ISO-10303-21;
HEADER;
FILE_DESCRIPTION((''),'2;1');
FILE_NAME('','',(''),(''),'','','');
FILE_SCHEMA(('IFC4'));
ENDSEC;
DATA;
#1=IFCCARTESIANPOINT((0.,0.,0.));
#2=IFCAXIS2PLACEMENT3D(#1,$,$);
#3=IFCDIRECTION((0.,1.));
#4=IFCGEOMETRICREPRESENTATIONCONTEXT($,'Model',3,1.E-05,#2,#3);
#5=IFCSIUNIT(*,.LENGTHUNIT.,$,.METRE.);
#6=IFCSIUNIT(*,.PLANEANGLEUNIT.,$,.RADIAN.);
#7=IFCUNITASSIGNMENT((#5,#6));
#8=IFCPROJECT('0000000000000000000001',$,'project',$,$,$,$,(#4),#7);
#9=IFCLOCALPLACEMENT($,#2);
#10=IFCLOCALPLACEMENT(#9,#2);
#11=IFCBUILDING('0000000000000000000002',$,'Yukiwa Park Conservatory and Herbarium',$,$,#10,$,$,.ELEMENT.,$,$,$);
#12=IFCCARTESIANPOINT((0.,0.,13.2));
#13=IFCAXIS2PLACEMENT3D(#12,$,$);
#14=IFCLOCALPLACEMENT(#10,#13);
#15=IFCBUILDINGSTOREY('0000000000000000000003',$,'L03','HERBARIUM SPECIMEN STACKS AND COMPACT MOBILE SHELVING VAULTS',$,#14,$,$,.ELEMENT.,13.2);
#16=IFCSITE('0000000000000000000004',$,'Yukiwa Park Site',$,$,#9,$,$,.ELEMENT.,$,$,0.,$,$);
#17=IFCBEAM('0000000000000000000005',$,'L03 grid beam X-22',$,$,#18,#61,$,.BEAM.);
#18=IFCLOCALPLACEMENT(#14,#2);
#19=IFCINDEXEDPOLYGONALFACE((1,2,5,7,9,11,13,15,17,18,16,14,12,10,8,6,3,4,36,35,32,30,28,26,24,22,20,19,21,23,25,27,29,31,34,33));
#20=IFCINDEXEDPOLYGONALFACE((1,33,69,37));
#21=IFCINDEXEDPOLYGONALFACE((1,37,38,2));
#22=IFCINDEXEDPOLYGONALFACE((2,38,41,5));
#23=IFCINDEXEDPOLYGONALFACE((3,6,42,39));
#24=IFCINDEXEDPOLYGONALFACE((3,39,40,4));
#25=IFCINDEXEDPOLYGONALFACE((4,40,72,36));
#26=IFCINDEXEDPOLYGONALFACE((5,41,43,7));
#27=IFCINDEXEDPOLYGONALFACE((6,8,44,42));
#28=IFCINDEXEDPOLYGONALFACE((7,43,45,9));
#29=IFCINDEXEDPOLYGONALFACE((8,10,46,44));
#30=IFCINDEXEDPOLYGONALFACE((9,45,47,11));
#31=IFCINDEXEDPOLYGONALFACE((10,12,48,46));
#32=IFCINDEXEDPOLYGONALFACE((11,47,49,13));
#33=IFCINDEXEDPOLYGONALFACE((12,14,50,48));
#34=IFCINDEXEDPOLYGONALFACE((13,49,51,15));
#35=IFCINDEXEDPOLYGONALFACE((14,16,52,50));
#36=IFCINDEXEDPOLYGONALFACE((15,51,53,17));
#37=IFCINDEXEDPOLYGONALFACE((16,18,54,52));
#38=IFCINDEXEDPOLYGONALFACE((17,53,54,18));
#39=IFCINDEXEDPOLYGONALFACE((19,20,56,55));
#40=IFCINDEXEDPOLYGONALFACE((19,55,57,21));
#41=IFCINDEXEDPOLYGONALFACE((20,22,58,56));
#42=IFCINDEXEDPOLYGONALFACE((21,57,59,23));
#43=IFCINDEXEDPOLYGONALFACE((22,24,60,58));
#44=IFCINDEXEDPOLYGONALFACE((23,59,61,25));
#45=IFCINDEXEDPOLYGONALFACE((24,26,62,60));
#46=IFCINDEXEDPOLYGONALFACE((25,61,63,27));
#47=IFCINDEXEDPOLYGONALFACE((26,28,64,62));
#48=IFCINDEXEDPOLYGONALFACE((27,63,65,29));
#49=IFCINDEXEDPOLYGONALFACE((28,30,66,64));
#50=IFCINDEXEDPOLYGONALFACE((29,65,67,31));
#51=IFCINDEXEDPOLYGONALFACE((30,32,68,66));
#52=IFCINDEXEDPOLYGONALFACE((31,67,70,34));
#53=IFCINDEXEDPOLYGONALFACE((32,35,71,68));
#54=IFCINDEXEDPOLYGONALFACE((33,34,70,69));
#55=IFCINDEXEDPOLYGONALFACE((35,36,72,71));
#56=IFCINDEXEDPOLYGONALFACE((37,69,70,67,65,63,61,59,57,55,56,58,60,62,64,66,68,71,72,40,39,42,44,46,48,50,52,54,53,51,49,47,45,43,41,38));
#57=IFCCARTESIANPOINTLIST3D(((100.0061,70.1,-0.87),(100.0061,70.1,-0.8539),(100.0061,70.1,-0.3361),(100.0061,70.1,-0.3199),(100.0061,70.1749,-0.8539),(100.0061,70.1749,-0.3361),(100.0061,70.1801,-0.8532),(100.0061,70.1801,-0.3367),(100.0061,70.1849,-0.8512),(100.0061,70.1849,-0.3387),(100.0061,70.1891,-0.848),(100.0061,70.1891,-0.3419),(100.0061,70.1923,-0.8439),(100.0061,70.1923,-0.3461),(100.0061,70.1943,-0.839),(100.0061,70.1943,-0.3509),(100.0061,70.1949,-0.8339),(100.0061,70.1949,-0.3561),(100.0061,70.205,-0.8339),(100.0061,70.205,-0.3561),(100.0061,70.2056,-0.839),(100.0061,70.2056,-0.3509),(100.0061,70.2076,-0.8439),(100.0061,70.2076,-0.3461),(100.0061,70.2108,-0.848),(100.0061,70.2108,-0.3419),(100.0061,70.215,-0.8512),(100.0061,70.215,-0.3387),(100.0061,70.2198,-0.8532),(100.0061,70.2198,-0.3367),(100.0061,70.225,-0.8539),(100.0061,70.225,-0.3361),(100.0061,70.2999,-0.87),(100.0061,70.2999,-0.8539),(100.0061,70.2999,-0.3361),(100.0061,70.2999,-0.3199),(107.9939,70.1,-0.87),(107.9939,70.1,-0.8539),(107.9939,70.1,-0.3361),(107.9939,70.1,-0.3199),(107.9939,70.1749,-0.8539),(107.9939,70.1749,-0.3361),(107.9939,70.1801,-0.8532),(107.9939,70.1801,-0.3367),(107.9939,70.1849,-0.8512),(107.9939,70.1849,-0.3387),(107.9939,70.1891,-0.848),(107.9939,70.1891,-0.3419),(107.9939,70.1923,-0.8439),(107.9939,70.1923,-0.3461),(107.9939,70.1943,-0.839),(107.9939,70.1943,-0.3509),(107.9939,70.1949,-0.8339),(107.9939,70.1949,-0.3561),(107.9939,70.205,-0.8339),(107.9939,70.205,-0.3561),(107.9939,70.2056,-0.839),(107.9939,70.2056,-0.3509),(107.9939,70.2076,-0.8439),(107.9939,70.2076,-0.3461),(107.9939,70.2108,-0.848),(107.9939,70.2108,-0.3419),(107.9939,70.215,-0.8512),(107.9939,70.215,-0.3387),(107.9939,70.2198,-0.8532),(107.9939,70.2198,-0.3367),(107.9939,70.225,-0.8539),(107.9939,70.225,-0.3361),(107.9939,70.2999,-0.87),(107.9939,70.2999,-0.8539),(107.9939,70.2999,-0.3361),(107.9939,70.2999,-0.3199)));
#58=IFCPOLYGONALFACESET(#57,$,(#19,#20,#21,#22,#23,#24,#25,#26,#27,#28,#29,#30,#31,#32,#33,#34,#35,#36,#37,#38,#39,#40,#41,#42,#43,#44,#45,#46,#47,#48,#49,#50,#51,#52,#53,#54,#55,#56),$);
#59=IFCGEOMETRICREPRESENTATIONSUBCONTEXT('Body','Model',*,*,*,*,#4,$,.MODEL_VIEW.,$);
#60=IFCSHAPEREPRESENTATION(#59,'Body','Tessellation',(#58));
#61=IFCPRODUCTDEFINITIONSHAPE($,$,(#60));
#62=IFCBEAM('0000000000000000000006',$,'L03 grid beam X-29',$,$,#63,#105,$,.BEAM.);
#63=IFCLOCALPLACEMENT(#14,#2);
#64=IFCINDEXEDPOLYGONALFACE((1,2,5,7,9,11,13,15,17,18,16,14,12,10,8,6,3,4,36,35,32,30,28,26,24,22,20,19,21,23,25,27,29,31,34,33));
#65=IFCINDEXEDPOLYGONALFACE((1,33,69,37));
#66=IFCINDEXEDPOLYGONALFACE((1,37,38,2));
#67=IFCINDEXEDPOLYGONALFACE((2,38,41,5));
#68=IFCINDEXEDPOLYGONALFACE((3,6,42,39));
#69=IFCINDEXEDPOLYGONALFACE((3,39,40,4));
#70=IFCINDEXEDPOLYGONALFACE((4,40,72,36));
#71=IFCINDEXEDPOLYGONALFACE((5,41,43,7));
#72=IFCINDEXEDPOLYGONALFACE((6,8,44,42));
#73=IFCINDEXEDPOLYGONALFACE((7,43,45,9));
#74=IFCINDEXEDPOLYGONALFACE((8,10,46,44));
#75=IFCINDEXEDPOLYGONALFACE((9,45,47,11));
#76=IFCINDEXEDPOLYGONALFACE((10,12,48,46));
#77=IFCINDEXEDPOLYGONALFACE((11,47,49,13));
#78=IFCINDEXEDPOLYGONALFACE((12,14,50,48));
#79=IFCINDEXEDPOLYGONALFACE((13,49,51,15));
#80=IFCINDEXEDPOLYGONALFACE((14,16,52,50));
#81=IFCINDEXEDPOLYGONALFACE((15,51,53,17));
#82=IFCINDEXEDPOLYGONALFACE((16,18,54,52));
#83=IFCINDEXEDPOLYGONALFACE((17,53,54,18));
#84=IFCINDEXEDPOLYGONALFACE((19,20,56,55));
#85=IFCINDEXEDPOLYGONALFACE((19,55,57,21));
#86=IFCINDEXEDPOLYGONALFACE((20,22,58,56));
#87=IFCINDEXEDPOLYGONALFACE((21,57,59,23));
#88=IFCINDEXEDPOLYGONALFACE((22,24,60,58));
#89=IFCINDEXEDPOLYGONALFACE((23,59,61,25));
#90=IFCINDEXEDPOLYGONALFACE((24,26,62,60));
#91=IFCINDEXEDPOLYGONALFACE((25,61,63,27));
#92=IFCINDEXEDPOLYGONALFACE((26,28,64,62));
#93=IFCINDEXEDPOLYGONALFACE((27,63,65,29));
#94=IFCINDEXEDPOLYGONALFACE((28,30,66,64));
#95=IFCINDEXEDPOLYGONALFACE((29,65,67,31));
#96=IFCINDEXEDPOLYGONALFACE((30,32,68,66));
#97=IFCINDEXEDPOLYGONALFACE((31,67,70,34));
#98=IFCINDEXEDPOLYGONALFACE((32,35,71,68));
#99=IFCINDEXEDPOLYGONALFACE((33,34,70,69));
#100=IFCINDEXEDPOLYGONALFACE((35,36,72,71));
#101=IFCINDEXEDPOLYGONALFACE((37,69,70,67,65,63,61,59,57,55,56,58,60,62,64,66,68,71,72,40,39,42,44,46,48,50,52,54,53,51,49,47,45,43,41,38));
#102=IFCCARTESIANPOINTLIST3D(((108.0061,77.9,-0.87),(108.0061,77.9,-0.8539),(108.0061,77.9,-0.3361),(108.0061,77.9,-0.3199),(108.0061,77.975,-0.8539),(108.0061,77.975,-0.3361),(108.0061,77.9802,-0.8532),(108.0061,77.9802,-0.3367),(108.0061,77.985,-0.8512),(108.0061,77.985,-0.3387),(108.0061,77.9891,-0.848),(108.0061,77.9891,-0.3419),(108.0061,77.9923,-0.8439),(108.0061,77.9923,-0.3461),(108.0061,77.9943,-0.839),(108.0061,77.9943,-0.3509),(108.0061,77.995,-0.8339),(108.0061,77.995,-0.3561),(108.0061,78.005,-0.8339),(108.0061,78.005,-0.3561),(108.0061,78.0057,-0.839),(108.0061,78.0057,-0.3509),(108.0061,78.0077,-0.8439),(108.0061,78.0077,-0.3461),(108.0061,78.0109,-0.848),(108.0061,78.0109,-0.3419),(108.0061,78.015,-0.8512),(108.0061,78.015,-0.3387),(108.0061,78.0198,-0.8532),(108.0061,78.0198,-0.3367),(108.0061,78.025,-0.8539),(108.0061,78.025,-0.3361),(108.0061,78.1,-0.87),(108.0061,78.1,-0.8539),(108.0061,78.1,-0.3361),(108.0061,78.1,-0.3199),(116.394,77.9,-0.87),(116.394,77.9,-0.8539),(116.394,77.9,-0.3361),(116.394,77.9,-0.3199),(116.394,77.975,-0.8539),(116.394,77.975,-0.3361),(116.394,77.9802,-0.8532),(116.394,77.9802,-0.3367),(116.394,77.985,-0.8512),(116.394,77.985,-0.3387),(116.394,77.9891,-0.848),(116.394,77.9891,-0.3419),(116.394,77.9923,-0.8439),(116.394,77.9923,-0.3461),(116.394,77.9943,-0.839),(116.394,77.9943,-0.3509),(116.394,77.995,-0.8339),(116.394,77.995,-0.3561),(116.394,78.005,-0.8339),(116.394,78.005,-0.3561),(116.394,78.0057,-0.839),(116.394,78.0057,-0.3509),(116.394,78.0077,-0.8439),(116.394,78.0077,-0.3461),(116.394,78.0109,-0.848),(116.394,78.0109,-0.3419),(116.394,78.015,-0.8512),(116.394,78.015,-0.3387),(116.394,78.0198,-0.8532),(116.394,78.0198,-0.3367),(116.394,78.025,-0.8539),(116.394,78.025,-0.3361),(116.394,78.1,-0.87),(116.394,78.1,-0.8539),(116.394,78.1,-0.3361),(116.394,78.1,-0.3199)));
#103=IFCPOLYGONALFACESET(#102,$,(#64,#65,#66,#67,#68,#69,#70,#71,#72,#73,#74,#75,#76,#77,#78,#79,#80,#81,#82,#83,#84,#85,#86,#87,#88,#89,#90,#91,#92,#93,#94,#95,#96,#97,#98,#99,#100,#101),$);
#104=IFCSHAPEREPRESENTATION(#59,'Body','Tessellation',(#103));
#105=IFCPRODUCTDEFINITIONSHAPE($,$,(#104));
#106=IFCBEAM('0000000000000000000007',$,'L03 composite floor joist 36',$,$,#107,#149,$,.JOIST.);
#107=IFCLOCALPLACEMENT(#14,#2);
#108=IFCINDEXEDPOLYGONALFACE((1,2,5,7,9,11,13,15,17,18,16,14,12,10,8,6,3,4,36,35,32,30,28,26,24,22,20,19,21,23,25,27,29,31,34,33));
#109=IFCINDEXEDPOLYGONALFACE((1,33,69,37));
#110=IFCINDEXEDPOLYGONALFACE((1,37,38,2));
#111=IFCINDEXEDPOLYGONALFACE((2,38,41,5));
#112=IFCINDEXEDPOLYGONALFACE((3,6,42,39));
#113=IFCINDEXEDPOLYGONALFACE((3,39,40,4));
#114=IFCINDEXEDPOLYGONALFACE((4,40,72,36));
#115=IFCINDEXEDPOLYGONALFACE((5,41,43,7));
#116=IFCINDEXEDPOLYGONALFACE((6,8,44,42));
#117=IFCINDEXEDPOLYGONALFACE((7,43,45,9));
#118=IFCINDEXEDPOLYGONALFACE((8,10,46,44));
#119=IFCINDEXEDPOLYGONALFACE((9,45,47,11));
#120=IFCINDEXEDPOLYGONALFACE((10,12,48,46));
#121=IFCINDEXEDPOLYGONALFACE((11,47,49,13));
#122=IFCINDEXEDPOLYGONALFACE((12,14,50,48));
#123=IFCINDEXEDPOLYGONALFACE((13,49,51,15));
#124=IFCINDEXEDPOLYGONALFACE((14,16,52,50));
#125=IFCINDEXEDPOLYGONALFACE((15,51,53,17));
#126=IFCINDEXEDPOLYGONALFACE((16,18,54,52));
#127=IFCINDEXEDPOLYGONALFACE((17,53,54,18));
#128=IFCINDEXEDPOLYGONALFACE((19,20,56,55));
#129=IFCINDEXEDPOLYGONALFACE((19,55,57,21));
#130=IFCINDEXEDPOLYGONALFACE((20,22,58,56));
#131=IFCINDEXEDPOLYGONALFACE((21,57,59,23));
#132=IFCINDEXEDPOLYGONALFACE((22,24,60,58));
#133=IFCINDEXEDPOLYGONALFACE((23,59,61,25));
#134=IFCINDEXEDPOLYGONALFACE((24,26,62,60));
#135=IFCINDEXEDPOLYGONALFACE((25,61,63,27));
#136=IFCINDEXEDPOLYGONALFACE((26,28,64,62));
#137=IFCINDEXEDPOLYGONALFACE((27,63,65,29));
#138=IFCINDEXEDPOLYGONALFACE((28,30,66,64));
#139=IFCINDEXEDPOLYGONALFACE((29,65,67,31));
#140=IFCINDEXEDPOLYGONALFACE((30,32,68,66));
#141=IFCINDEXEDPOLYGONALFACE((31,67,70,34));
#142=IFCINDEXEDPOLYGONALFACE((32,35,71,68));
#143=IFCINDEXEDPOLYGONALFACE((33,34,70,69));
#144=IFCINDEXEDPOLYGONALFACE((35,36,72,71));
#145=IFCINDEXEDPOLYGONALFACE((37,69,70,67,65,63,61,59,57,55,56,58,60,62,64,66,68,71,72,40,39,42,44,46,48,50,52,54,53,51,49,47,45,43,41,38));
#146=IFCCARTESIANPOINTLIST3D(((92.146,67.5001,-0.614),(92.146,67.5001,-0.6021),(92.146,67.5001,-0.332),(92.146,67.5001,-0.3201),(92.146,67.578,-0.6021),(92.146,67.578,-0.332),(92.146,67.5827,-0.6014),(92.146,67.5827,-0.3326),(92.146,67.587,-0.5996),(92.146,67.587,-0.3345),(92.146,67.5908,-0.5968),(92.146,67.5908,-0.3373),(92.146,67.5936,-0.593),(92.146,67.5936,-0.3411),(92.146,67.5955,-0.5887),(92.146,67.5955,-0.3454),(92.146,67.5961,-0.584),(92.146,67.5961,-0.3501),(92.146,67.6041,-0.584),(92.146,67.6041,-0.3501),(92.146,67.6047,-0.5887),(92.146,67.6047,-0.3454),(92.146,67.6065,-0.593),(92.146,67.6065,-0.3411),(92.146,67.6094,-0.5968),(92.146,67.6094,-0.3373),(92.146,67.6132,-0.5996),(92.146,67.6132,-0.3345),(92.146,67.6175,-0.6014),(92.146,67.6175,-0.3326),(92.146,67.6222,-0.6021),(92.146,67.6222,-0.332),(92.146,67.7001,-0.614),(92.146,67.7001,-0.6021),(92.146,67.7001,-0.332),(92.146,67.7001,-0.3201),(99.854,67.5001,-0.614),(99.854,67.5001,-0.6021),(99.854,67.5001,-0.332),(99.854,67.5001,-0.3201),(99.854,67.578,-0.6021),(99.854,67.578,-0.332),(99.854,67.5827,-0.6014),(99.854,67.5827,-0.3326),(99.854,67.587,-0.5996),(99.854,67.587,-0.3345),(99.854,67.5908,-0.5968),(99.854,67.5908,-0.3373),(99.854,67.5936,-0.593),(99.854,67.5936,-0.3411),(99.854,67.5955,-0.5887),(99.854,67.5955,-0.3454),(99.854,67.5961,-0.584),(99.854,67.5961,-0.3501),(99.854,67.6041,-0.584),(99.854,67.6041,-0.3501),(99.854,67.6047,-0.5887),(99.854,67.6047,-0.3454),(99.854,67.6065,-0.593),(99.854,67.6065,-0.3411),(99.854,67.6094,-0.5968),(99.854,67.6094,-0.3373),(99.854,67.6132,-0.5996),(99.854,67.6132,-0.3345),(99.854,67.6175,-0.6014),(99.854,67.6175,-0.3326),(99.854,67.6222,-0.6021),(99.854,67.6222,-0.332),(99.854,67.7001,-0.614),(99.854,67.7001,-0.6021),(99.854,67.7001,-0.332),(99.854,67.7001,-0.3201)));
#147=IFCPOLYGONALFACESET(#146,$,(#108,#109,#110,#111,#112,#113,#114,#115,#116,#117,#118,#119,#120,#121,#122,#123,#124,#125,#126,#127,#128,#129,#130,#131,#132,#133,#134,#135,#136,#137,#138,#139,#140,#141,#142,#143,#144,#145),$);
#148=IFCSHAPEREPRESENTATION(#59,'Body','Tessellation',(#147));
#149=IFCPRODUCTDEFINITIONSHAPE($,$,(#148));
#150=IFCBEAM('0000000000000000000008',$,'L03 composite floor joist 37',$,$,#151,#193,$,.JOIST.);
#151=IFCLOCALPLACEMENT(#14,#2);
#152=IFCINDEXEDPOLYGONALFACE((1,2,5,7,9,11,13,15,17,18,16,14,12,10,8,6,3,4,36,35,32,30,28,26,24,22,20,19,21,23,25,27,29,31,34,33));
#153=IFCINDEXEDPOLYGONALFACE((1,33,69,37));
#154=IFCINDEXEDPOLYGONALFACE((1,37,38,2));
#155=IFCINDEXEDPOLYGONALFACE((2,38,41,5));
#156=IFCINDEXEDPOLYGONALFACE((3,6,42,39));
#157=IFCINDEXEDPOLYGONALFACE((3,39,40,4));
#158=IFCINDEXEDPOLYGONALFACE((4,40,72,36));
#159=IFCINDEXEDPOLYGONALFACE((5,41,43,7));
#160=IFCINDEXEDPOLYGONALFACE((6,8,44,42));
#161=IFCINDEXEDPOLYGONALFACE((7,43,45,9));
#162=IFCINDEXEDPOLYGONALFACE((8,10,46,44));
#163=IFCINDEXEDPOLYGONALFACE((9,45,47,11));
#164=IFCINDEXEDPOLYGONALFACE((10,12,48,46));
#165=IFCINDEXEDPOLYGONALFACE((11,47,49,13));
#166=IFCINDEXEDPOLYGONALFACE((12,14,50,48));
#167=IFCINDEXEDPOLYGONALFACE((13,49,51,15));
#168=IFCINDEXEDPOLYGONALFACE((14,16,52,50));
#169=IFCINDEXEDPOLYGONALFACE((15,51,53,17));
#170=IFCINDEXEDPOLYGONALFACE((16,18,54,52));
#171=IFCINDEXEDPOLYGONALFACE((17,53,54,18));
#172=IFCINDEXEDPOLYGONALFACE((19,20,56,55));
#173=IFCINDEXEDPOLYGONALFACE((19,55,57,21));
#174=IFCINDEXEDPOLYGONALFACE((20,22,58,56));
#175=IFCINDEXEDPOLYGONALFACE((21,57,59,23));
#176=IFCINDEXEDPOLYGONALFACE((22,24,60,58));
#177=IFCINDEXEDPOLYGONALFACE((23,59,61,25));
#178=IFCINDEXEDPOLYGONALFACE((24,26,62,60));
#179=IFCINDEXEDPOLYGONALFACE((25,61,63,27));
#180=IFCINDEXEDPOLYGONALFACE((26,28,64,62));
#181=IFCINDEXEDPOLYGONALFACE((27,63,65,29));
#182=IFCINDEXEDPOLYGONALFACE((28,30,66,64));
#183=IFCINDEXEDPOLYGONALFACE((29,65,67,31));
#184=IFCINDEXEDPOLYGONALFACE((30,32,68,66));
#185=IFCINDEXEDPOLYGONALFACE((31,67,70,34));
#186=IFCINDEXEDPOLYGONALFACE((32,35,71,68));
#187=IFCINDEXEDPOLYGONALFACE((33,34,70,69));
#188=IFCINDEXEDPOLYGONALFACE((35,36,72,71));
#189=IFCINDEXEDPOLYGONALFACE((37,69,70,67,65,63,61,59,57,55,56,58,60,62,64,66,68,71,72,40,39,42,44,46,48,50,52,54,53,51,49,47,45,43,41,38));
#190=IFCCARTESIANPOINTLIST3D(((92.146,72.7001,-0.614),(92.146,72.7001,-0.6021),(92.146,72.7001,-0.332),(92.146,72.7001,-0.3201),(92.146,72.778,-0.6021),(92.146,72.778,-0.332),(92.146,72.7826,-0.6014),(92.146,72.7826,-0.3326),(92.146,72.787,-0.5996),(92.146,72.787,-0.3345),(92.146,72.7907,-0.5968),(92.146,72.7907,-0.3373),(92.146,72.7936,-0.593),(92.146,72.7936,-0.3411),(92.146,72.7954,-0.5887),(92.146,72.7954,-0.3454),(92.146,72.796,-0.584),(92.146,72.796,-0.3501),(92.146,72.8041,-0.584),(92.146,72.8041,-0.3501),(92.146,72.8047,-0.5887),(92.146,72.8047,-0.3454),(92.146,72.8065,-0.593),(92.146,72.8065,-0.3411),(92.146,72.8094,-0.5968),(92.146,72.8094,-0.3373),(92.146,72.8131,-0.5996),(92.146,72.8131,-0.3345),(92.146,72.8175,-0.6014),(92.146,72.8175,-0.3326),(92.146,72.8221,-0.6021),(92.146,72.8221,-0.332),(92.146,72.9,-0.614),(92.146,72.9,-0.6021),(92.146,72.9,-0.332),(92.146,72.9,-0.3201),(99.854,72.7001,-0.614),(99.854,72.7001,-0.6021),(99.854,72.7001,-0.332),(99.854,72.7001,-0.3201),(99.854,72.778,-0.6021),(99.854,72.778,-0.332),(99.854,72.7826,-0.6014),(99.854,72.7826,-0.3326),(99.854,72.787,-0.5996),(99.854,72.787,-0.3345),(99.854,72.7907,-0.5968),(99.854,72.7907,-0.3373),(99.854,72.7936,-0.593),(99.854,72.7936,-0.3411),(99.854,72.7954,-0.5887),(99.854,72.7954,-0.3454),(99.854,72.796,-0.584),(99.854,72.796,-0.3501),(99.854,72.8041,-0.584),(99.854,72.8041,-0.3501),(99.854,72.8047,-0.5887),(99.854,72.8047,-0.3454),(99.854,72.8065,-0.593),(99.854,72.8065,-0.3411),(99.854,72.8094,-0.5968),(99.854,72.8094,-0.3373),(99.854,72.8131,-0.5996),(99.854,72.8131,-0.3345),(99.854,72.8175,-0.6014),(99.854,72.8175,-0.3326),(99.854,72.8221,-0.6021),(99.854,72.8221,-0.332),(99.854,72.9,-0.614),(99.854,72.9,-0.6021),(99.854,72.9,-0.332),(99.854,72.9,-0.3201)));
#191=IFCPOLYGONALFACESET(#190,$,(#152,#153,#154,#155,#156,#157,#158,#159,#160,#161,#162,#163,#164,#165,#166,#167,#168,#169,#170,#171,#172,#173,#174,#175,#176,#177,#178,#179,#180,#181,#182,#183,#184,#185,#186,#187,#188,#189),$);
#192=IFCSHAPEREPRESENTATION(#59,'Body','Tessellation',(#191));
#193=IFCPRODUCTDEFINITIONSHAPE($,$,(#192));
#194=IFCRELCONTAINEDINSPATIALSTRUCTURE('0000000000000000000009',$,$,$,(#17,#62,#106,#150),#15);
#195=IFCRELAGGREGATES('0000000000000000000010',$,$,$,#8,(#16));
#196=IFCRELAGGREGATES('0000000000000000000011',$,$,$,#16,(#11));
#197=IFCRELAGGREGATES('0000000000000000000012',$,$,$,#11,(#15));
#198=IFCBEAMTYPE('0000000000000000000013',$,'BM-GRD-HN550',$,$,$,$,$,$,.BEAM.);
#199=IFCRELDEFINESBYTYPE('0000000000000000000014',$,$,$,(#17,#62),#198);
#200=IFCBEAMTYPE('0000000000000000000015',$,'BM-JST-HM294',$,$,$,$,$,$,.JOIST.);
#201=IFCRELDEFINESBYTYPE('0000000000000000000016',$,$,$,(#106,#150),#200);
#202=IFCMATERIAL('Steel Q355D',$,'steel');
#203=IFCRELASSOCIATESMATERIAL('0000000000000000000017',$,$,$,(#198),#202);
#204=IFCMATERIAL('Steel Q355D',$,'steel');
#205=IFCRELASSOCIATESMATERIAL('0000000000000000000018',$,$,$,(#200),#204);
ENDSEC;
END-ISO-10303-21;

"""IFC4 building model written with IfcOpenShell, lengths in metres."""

from ifc_helpers import new_model, si_unit, direction, frame, origin, origin_2d, place, context, subcontext, project, spatial, i_section, extrude, material, material_profile, profile_set, type_object, element, save


model = new_model("IFC4")

# Units and contexts
model_context = context("Model", 3, precision=1e-05, world=origin(), true_north=direction((0.0, 1.0)))
body_context = subcontext(model_context, "Body", "Model", "MODEL_VIEW")
ifc_project = project(units=[si_unit("LENGTHUNIT", "METRE"), si_unit("PLANEANGLEUNIT", "RADIAN")], contexts=[model_context])

# Site, building, storey
site_placement = place(None, origin())
site = spatial("IfcSite", under=ifc_project, at=site_placement, Name="Yukiwa Park Site", CompositionType="ELEMENT", RefElevation=0.0)
building_placement = place(site_placement, origin())
building = spatial("IfcBuilding", under=site, at=building_placement, Name="Yukiwa Park Conservatory and Herbarium", CompositionType="ELEMENT")
storey_placement = place(building_placement, frame((0.0, 0.0, 13.2)))
storey = spatial("IfcBuildingStorey", under=building, at=storey_placement, Name="L03", Description="HERBARIUM SPECIMEN STACKS AND COMPACT MOBILE SHELVING VAULTS", CompositionType="ELEMENT", Elevation=13.2)

# Beams
ifc_material_1 = material(Name="Steel Q355D", Category="steel")
ifc_material_profile_1 = material_profile(ifc_material_1, i_section(OverallWidth=0.2, OverallDepth=0.55, WebThickness=0.01, FlangeThickness=0.0161, FilletRadius=0.02, at=origin_2d()), Name="HN 550x200x10x16")
ifc_profile_set_1 = profile_set([ifc_material_profile_1], Name="Steel Q355D")
beam_type_1 = type_object("IfcBeamType", Name="BM-GRD-HN550", PredefinedType="BEAM", material=ifc_profile_set_1)
for number, where, z_axis, x_axis, name in (
    (1, (100.0061, 70.2, -0.595), (1.0, 0.0, 0.0), (0.0, 1.0, 0.0), "L03 grid beam X-22"),
):
    element("IfcBeam", number, at=place(storey_placement, frame(where, z_axis=z_axis, x_axis=x_axis)), inside=storey, type_object=beam_type_1, Name=name, PredefinedType="BEAM", context=body_context, shape_type="SweptSolid", body=[
        extrude(i_section(OverallWidth=0.2, OverallDepth=0.55, WebThickness=0.01, FlangeThickness=0.0161, FilletRadius=0.02, at=origin_2d()), origin(), (0.0, 0.0, 1.0), 7.9878),
    ])
beam_1_placement = place(storey_placement, frame((108.0061, 78.0, -0.595), z_axis=(1.0, 0.0, 0.0), x_axis=(0.0, 1.0, 0.0)))
element("IfcBeam", 2, at=beam_1_placement, inside=storey, type_object=beam_type_1, Name="L03 grid beam X-29", PredefinedType="BEAM", context=body_context, shape_type="SweptSolid", body=[
    extrude(i_section(OverallWidth=0.2, OverallDepth=0.55, WebThickness=0.01, FlangeThickness=0.0161, FilletRadius=0.02, at=origin_2d()), origin(), (0.0, 0.0, 1.0), 8.3879),
])
ifc_material_2 = material(Name="Steel Q355D", Category="steel")
ifc_material_profile_2 = material_profile(ifc_material_2, i_section(OverallWidth=0.2, OverallDepth=0.2939, WebThickness=0.0081, FlangeThickness=0.012, FilletRadius=0.0181, at=origin_2d()), Name="HM 294x200x8x12")
ifc_profile_set_2 = profile_set([ifc_material_profile_2], Name="Steel Q355D")
beam_type_2 = type_object("IfcBeamType", Name="BM-JST-HM294", PredefinedType="JOIST", material=ifc_profile_set_2)
for number, where, z_axis, x_axis, name in (
    (3, (92.146, 67.6001, -0.467), (1.0, 0.0, 0.0), (0.0, 1.0, 0.0), "L03 composite floor joist 36"),
    (4, (92.146, 72.8, -0.467), (1.0, 0.0, 0.0), (0.0, 1.0, 0.0), "L03 composite floor joist 37"),
):
    element("IfcBeam", number, at=place(storey_placement, frame(where, z_axis=z_axis, x_axis=x_axis)), inside=storey, type_object=beam_type_2, Name=name, PredefinedType="JOIST", context=body_context, shape_type="SweptSolid", body=[
        extrude(i_section(OverallWidth=0.2, OverallDepth=0.2939, WebThickness=0.0081, FlangeThickness=0.012, FilletRadius=0.0181, at=origin_2d()), origin(), (0.0, 0.0, 1.0), 7.708),
    ])

save(model, "model.ifc")
